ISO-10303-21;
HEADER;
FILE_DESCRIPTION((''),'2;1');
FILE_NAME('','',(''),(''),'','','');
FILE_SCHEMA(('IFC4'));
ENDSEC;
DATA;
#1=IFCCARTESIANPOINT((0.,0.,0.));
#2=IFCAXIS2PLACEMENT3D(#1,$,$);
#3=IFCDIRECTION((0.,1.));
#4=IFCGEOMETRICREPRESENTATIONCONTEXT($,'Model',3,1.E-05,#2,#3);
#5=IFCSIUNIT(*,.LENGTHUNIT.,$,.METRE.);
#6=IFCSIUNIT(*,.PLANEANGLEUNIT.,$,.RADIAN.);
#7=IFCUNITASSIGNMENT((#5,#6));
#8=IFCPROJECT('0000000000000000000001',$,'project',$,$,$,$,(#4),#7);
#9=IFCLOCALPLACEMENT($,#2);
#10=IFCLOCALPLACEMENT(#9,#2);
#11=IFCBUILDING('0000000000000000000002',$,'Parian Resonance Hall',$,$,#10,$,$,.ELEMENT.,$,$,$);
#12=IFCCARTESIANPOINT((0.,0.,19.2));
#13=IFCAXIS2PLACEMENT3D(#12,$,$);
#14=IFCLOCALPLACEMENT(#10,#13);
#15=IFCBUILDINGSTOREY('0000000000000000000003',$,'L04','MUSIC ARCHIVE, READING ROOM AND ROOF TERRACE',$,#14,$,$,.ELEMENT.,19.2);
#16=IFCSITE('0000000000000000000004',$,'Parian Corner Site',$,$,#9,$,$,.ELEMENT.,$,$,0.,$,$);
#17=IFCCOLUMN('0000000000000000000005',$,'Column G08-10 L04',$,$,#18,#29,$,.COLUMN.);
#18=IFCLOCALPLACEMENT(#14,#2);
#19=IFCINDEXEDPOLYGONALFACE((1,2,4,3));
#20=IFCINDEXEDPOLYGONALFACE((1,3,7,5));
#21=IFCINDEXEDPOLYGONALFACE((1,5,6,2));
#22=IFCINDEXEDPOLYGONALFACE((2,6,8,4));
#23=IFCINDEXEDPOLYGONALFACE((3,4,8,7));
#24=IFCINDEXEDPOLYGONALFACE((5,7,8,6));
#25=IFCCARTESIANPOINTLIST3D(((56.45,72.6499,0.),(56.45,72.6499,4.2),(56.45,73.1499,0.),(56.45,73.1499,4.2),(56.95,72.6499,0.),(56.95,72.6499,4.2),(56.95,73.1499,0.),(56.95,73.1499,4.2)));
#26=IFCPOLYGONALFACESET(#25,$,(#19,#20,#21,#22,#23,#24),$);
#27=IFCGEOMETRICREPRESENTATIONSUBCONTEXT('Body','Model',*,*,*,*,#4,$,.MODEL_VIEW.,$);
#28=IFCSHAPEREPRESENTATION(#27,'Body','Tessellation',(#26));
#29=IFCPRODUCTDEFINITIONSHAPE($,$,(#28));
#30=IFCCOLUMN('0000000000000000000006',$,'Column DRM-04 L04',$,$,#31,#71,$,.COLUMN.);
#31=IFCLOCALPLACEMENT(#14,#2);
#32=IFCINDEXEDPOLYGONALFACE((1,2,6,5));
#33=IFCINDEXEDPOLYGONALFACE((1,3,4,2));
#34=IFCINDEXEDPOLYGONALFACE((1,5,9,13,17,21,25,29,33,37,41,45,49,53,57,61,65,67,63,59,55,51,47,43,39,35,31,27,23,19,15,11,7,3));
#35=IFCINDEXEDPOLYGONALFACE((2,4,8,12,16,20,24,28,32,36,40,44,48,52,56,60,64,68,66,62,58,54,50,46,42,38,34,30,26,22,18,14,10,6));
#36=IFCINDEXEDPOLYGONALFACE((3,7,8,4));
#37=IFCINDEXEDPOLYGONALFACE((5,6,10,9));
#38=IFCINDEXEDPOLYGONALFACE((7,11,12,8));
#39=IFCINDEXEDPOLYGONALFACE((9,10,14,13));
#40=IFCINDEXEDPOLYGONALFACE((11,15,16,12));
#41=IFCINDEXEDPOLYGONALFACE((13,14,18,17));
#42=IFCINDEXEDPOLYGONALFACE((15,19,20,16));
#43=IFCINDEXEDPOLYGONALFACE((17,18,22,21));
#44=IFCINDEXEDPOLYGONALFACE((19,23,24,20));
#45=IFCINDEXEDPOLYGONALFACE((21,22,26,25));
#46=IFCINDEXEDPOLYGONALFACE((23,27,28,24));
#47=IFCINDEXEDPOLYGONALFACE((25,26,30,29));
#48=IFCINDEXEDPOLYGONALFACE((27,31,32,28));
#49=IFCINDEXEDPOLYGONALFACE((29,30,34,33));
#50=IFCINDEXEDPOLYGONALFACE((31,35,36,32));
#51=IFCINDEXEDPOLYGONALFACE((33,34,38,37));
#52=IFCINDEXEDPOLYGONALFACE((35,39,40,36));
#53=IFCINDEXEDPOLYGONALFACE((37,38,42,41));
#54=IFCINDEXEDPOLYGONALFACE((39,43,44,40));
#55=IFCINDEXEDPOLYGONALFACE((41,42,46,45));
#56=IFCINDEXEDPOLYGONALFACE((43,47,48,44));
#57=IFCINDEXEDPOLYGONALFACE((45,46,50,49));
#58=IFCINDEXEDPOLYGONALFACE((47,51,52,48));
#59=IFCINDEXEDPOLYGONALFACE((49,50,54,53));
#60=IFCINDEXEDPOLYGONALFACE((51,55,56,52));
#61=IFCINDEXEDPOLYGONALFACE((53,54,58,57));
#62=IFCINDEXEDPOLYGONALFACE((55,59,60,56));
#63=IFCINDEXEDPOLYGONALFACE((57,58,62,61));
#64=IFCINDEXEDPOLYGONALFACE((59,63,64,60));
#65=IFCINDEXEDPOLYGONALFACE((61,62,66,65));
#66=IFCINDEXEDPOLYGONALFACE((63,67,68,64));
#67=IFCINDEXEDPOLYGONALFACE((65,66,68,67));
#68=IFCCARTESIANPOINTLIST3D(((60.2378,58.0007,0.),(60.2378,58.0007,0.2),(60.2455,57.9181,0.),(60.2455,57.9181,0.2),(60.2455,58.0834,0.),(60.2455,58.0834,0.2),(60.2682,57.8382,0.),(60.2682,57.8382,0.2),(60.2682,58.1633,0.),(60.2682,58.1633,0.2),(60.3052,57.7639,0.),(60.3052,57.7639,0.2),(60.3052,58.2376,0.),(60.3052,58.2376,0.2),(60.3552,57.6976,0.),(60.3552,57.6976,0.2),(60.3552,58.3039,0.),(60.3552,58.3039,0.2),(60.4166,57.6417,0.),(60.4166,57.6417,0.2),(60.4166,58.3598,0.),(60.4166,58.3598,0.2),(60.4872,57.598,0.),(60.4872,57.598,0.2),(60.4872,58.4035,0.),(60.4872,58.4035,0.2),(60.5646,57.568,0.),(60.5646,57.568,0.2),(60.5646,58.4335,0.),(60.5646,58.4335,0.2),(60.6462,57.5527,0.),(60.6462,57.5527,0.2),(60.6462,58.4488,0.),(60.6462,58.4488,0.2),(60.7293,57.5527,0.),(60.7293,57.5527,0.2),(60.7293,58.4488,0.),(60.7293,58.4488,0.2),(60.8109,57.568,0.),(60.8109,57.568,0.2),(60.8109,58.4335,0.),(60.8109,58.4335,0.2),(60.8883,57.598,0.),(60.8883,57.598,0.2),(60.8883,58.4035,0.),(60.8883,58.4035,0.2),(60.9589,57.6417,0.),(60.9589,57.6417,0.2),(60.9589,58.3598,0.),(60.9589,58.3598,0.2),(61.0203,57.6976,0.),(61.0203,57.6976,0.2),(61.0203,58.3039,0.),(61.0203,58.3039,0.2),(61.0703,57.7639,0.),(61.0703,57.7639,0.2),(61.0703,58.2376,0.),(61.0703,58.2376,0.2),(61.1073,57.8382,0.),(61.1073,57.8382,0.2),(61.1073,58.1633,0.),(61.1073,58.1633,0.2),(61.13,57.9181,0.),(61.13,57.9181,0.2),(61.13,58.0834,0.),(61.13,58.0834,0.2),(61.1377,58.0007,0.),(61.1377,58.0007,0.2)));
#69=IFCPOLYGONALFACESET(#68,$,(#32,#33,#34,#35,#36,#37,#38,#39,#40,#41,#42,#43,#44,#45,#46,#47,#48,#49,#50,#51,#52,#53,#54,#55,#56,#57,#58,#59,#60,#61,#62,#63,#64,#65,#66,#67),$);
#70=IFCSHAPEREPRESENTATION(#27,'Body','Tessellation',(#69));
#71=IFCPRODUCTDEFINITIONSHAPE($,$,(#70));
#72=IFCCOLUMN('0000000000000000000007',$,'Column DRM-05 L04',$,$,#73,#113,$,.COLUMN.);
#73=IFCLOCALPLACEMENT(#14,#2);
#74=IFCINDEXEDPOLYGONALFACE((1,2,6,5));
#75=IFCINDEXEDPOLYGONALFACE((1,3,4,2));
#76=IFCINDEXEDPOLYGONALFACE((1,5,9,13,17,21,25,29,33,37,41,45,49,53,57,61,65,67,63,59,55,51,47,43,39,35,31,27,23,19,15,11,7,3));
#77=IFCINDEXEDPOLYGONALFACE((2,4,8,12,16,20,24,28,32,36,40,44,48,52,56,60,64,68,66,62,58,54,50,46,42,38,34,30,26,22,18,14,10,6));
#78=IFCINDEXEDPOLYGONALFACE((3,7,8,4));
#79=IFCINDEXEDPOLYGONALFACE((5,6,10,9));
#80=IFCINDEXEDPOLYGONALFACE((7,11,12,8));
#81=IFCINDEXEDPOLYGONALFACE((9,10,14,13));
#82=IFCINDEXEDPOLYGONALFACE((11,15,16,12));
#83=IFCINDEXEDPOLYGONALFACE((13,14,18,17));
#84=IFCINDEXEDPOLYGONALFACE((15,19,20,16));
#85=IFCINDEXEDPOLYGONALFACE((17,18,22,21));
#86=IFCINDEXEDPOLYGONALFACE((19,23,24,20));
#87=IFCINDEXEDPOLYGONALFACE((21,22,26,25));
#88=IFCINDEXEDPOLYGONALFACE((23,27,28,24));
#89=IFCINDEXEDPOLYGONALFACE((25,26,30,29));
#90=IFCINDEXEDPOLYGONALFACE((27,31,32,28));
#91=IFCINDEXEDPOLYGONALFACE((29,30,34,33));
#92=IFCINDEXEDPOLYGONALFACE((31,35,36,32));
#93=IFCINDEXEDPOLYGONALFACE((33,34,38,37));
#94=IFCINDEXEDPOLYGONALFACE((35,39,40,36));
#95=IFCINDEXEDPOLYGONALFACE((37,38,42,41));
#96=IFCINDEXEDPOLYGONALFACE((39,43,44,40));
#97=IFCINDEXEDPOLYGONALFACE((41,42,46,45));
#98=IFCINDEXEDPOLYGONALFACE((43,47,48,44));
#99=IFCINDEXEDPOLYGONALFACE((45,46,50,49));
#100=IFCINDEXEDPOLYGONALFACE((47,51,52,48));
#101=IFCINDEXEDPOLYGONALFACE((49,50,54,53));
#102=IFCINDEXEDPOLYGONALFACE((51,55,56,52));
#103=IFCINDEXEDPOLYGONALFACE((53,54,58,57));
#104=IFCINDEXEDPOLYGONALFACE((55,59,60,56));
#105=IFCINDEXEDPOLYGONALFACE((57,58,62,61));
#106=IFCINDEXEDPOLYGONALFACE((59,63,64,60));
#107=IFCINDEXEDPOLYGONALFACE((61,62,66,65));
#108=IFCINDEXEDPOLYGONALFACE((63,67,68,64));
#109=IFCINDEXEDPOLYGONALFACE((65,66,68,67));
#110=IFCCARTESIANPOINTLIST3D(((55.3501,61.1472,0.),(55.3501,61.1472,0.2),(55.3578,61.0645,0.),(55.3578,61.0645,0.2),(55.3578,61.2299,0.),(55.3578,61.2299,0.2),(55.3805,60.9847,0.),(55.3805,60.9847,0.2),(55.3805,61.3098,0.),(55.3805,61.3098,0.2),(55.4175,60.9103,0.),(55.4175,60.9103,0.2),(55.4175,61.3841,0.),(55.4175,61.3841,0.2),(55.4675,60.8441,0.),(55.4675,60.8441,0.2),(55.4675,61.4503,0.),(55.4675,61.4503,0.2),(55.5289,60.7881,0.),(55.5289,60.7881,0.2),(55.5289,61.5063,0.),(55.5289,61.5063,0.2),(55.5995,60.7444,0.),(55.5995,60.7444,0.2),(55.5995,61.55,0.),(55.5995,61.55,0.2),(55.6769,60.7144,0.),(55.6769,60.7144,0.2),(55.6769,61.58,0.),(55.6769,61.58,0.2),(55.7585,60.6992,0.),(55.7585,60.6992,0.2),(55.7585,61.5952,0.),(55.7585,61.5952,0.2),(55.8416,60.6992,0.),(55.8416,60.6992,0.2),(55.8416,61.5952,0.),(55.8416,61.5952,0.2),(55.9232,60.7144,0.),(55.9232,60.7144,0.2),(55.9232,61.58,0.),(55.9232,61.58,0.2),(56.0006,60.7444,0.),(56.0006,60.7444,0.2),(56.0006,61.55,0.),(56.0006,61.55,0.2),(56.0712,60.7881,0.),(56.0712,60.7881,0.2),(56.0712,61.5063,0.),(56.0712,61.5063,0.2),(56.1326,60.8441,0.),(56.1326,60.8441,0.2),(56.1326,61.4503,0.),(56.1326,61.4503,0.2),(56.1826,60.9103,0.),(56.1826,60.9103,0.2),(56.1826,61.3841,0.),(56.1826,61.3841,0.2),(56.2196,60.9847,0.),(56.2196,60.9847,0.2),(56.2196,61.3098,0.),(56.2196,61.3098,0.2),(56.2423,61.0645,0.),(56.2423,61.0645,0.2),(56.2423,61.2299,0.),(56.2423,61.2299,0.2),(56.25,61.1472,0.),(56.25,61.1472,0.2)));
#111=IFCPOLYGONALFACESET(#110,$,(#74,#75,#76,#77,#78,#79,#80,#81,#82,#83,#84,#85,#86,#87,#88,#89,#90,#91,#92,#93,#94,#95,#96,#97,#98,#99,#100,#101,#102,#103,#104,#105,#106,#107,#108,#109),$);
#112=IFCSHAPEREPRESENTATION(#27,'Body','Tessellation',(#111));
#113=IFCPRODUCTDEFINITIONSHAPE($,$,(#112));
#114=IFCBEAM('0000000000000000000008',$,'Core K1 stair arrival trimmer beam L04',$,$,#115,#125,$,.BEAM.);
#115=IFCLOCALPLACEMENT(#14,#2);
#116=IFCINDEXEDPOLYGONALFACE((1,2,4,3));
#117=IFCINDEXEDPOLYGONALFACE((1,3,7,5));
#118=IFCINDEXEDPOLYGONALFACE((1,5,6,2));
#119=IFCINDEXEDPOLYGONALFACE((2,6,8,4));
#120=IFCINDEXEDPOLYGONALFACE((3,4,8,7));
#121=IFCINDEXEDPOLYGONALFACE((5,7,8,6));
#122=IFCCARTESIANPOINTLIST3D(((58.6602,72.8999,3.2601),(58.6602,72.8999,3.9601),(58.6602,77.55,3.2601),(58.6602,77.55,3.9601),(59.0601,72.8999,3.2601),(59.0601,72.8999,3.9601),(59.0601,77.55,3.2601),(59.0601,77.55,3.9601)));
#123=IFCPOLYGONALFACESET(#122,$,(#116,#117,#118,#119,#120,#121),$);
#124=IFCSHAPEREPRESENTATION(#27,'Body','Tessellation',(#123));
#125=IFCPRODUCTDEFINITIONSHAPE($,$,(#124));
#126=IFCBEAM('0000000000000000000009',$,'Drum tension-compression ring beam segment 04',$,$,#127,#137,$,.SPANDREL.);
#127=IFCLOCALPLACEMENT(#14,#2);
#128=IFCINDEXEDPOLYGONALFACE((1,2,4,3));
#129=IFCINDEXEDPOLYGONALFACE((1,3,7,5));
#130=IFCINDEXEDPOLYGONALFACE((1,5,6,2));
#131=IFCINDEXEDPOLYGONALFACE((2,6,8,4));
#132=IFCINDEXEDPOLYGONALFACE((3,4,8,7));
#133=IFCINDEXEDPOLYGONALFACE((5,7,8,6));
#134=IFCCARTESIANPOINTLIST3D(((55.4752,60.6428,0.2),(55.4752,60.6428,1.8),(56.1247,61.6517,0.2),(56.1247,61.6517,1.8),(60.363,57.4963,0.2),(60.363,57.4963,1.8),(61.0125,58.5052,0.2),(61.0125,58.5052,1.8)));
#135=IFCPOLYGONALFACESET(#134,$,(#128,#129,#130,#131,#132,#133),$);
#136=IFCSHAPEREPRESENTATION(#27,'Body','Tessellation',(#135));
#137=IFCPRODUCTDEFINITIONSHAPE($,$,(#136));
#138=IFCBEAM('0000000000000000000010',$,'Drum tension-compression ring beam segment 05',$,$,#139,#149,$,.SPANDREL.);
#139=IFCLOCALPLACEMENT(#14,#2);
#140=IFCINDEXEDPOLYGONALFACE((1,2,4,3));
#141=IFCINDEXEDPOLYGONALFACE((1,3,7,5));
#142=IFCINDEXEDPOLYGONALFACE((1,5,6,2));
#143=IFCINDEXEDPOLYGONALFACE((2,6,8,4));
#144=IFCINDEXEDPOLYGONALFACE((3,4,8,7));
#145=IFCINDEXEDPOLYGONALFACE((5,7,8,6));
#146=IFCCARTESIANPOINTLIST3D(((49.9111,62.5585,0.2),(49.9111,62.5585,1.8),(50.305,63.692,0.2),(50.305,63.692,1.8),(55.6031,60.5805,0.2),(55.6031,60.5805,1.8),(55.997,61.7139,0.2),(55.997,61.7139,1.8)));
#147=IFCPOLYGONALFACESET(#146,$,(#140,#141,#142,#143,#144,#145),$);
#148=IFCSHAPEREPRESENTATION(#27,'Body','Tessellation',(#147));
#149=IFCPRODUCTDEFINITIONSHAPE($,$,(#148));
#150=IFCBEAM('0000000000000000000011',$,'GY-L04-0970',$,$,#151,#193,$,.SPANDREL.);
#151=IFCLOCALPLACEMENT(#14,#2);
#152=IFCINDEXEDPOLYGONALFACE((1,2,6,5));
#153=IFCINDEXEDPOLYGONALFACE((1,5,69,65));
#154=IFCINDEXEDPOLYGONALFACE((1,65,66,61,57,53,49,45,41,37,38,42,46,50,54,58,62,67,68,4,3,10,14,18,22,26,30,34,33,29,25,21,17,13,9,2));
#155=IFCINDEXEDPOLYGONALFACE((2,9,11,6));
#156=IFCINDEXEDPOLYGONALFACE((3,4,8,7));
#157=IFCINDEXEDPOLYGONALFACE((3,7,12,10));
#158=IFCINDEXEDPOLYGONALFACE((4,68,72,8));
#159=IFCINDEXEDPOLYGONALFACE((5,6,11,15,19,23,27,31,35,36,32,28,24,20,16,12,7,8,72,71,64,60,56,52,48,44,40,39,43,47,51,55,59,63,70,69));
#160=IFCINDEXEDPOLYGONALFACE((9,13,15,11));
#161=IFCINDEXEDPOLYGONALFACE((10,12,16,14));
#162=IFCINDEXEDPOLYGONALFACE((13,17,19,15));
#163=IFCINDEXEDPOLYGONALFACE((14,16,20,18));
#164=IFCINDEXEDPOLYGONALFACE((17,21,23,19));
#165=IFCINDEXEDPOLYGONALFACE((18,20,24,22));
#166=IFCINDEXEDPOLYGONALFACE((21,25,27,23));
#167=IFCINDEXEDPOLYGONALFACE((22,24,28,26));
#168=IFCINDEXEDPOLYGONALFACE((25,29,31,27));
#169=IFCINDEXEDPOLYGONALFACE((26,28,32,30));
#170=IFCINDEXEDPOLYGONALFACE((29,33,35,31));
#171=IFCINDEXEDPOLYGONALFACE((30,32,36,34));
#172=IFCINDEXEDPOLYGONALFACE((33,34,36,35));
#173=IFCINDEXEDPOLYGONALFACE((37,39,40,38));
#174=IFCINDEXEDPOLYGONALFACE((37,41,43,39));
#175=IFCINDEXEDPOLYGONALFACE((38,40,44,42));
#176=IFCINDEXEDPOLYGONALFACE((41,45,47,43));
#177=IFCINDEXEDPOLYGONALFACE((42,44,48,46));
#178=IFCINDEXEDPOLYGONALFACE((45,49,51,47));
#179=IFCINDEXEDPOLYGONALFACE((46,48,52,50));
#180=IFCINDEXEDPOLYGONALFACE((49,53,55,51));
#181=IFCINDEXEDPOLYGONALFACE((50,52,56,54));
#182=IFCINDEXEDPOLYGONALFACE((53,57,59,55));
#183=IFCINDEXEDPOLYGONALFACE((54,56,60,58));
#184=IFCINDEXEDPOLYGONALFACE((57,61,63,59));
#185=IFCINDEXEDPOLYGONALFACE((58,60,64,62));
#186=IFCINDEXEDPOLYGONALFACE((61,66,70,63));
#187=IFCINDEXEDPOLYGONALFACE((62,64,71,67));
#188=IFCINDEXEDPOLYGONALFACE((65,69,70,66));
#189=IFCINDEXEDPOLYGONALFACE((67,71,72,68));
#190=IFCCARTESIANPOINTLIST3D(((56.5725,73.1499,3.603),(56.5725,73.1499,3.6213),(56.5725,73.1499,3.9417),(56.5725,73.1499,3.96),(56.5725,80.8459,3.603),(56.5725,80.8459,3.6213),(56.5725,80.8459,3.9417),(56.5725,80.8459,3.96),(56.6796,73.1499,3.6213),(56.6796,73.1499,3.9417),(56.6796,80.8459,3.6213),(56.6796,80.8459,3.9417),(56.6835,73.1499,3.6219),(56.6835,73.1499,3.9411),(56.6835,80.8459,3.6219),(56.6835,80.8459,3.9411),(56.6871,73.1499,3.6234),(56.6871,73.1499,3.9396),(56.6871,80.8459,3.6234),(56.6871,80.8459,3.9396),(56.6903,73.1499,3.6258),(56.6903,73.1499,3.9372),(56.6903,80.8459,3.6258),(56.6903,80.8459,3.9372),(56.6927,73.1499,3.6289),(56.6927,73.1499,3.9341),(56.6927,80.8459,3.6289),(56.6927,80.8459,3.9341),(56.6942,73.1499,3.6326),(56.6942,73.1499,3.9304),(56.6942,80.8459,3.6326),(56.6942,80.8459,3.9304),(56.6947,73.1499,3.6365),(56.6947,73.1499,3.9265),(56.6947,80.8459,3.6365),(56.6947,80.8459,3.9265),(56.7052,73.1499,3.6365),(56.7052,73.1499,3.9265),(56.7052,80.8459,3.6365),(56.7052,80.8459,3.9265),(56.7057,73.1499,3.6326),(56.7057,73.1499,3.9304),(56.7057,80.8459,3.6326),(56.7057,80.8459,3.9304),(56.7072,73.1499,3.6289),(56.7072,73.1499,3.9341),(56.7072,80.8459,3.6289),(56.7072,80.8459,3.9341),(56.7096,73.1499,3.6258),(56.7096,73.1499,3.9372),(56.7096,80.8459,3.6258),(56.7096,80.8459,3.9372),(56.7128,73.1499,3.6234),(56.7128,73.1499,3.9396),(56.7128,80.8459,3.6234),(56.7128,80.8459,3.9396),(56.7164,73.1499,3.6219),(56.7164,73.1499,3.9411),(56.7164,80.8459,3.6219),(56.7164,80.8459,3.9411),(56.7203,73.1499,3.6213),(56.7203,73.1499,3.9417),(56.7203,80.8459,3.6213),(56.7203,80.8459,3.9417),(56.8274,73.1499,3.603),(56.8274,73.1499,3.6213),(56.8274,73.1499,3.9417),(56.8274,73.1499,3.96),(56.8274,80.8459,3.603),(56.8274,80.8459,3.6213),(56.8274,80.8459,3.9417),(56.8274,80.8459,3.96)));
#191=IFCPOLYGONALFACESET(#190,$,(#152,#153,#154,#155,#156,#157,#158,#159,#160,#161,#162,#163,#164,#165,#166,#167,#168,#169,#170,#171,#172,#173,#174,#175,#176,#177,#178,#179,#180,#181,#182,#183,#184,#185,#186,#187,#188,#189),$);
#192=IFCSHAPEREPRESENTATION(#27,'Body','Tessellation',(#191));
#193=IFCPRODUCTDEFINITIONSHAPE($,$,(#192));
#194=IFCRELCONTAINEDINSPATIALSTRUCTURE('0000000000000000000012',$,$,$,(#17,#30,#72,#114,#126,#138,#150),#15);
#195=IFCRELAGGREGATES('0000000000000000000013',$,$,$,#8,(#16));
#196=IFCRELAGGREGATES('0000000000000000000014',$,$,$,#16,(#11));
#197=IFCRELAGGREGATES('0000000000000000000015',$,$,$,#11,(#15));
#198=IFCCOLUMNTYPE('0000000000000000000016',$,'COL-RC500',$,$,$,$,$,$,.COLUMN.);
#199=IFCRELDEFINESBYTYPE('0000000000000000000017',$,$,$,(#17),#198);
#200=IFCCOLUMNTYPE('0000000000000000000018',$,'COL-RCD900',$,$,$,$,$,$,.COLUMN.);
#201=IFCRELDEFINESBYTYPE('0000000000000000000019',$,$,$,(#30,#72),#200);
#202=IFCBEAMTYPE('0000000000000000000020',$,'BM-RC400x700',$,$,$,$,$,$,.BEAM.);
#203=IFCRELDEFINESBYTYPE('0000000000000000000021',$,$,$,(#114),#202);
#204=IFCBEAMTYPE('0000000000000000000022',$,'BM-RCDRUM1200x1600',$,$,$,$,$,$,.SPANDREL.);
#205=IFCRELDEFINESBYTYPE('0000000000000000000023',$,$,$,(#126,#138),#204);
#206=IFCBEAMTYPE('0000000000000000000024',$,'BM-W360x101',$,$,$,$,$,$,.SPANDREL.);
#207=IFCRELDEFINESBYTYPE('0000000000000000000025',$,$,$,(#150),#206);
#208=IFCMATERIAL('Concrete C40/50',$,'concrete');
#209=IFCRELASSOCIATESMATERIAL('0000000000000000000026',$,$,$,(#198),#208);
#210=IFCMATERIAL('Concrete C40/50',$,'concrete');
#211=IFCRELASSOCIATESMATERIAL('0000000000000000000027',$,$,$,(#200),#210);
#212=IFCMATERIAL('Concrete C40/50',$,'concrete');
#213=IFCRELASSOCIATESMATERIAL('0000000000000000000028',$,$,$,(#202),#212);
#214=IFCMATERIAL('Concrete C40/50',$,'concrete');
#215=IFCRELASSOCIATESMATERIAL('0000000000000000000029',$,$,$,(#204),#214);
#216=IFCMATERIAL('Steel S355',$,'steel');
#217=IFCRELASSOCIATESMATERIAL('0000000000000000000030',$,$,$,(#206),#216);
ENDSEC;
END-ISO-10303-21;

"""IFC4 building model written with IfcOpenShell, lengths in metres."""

from ifc_helpers import new_model, si_unit, direction, frame, origin, origin_2d, place, context, subcontext, project, spatial, rectangle, circle, i_section, extrude, material, material_profile, profile_set, type_object, element, save


model = new_model("IFC4")

# Units and contexts
model_context = context("Model", 3, precision=1e-05, world=origin(), true_north=direction((0.0, 1.0)))
body_context = subcontext(model_context, "Body", "Model", "MODEL_VIEW")
ifc_project = project(units=[si_unit("LENGTHUNIT", "METRE"), si_unit("PLANEANGLEUNIT", "RADIAN")], contexts=[model_context])

# Site, building, storey
site_placement = place(None, origin())
site = spatial("IfcSite", under=ifc_project, at=site_placement, Name="Parian Corner Site", CompositionType="ELEMENT", RefElevation=0.0)
building_placement = place(site_placement, origin())
building = spatial("IfcBuilding", under=site, at=building_placement, Name="Parian Resonance Hall", CompositionType="ELEMENT")
storey_placement = place(building_placement, frame((0.0, 0.0, 19.2)))
storey = spatial("IfcBuildingStorey", under=building, at=storey_placement, Name="L04", Description="MUSIC ARCHIVE, READING ROOM AND ROOF TERRACE", CompositionType="ELEMENT", Elevation=19.2)

# Columns
ifc_material_1 = material(Name="Concrete C40/50", Category="concrete")
ifc_material_profile_1 = material_profile(ifc_material_1, rectangle(XDim=0.5, YDim=0.5, at=origin_2d()), Name="RC-COL-500x500")
ifc_profile_set_1 = profile_set([ifc_material_profile_1], Name="Concrete C40/50")
column_type_1 = type_object("IfcColumnType", Name="COL-RC500", PredefinedType="COLUMN", material=ifc_profile_set_1)
column_placement = place(storey_placement, frame((56.7, 72.8999, 0.0), z_axis=(0.0, 0.0, 1.0), x_axis=(1.0, 0.0, 0.0)))
element("IfcColumn", 1, at=column_placement, inside=storey, type_object=column_type_1, Name="Column G08-10 L04", PredefinedType="COLUMN", context=body_context, shape_type="SweptSolid", body=[
    extrude(rectangle(XDim=0.5, YDim=0.5, at=origin_2d()), origin(), (0.0, 0.0, 1.0), 4.2),
])
ifc_material_2 = material(Name="Concrete C40/50", Category="concrete")
ifc_material_profile_2 = material_profile(ifc_material_2, circle(Radius=0.45, at=origin_2d()), Name="RC-COL-D900")
ifc_profile_set_2 = profile_set([ifc_material_profile_2], Name="Concrete C40/50")
column_type_2 = type_object("IfcColumnType", Name="COL-RCD900", PredefinedType="COLUMN", material=ifc_profile_set_2)
for number, where, z_axis, x_axis, name in (
    (2, (60.6877, 58.0007, 0.0), (0.0, 0.0, 1.0), (1.0, 0.0, 0.0), "Column DRM-04 L04"),
    (3, (55.8, 61.1472, 0.0), (0.0, 0.0, 1.0), (1.0, 0.0, 0.0), "Column DRM-05 L04"),
):
    element("IfcColumn", number, at=place(storey_placement, frame(where, z_axis=z_axis, x_axis=x_axis)), inside=storey, type_object=column_type_2, Name=name, PredefinedType="COLUMN", context=body_context, shape_type="SweptSolid", body=[
        extrude(circle(Radius=0.45, at=origin_2d()), origin(), (0.0, 0.0, 1.0), 0.2),
    ])

# Beams
ifc_material_3 = material(Name="Concrete C40/50", Category="concrete")
ifc_material_profile_3 = material_profile(ifc_material_3, rectangle(XDim=0.3999, YDim=0.7, at=origin_2d()), Name="RC-BM-400x700")
ifc_profile_set_3 = profile_set([ifc_material_profile_3], Name="Concrete C40/50")
beam_type_1 = type_object("IfcBeamType", Name="BM-RC400x700", PredefinedType="BEAM", material=ifc_profile_set_3)
beam_1_placement = place(storey_placement, frame((58.8601, 72.8999, 3.6101), z_axis=(0.0, 1.0, 0.0), x_axis=(-1.0, 0.0, 0.0)))
element("IfcBeam", 4, at=beam_1_placement, inside=storey, type_object=beam_type_1, Name="Core K1 stair arrival trimmer beam L04", PredefinedType="BEAM", context=body_context, shape_type="SweptSolid", body=[
    extrude(rectangle(XDim=0.3999, YDim=0.7, at=origin_2d()), origin(), (0.0, 0.0, 1.0), 4.6501),
])
ifc_material_4 = material(Name="Concrete C40/50", Category="concrete")
ifc_material_profile_4 = material_profile(ifc_material_4, rectangle(XDim=1.2, YDim=1.6001, at=origin_2d()), Name="RC-DRUM-1200x1600")
ifc_profile_set_4 = profile_set([ifc_material_profile_4], Name="Concrete C40/50")
beam_type_2 = type_object("IfcBeamType", Name="BM-RCDRUM1200x1600", PredefinedType="SPANDREL", material=ifc_profile_set_4)
beam_2_placement = place(storey_placement, frame((60.6877, 58.0007, 1.0), z_axis=(-0.840834, 0.541292, 0.0), x_axis=(-0.541292, -0.840834, 0.0)))
element("IfcBeam", 5, at=beam_2_placement, inside=storey, type_object=beam_type_2, Name="Drum tension-compression ring beam segment 04", PredefinedType="SPANDREL", context=body_context, shape_type="SweptSolid", body=[
    extrude(rectangle(XDim=1.2, YDim=1.6001, at=origin_2d()), origin(), (0.0, 0.0, 1.0), 5.813),
])
beam_3_placement = place(storey_placement, frame((55.8, 61.1472, 1.0), z_axis=(-0.944587, 0.32826, 0.0), x_axis=(-0.32826, -0.944587, 0.0)))
element("IfcBeam", 6, at=beam_3_placement, inside=storey, type_object=beam_type_2, Name="Drum tension-compression ring beam segment 05", PredefinedType="SPANDREL", context=body_context, shape_type="SweptSolid", body=[
    extrude(rectangle(XDim=1.2, YDim=1.6001, at=origin_2d()), origin(), (0.0, 0.0, 1.0), 6.0259),
])
ifc_material_5 = material(Name="Steel S355", Category="steel")
ifc_material_profile_5 = material_profile(ifc_material_5, i_section(OverallWidth=0.2549, OverallDepth=0.3569, WebThickness=0.0105, FlangeThickness=0.0183, FilletRadius=0.0151, at=origin_2d()), Name="W360x101")
ifc_profile_set_5 = profile_set([ifc_material_profile_5], Name="Steel S355")
beam_type_3 = type_object("IfcBeamType", Name="BM-W360x101", PredefinedType="SPANDREL", material=ifc_profile_set_5)
beam_4_placement = place(storey_placement, frame((56.7, 73.1499, 3.7815), z_axis=(0.0, 1.0, 0.0), x_axis=(-1.0, 0.0, 0.0)))
element("IfcBeam", 7, at=beam_4_placement, inside=storey, type_object=beam_type_3, Name="GY-L04-0970", PredefinedType="SPANDREL", context=body_context, shape_type="SweptSolid", body=[
    extrude(i_section(OverallWidth=0.2549, OverallDepth=0.3569, WebThickness=0.0105, FlangeThickness=0.0183, FilletRadius=0.0151, at=origin_2d()), origin(), (0.0, 0.0, 1.0), 7.696),
])

save(model, "model.ifc")
